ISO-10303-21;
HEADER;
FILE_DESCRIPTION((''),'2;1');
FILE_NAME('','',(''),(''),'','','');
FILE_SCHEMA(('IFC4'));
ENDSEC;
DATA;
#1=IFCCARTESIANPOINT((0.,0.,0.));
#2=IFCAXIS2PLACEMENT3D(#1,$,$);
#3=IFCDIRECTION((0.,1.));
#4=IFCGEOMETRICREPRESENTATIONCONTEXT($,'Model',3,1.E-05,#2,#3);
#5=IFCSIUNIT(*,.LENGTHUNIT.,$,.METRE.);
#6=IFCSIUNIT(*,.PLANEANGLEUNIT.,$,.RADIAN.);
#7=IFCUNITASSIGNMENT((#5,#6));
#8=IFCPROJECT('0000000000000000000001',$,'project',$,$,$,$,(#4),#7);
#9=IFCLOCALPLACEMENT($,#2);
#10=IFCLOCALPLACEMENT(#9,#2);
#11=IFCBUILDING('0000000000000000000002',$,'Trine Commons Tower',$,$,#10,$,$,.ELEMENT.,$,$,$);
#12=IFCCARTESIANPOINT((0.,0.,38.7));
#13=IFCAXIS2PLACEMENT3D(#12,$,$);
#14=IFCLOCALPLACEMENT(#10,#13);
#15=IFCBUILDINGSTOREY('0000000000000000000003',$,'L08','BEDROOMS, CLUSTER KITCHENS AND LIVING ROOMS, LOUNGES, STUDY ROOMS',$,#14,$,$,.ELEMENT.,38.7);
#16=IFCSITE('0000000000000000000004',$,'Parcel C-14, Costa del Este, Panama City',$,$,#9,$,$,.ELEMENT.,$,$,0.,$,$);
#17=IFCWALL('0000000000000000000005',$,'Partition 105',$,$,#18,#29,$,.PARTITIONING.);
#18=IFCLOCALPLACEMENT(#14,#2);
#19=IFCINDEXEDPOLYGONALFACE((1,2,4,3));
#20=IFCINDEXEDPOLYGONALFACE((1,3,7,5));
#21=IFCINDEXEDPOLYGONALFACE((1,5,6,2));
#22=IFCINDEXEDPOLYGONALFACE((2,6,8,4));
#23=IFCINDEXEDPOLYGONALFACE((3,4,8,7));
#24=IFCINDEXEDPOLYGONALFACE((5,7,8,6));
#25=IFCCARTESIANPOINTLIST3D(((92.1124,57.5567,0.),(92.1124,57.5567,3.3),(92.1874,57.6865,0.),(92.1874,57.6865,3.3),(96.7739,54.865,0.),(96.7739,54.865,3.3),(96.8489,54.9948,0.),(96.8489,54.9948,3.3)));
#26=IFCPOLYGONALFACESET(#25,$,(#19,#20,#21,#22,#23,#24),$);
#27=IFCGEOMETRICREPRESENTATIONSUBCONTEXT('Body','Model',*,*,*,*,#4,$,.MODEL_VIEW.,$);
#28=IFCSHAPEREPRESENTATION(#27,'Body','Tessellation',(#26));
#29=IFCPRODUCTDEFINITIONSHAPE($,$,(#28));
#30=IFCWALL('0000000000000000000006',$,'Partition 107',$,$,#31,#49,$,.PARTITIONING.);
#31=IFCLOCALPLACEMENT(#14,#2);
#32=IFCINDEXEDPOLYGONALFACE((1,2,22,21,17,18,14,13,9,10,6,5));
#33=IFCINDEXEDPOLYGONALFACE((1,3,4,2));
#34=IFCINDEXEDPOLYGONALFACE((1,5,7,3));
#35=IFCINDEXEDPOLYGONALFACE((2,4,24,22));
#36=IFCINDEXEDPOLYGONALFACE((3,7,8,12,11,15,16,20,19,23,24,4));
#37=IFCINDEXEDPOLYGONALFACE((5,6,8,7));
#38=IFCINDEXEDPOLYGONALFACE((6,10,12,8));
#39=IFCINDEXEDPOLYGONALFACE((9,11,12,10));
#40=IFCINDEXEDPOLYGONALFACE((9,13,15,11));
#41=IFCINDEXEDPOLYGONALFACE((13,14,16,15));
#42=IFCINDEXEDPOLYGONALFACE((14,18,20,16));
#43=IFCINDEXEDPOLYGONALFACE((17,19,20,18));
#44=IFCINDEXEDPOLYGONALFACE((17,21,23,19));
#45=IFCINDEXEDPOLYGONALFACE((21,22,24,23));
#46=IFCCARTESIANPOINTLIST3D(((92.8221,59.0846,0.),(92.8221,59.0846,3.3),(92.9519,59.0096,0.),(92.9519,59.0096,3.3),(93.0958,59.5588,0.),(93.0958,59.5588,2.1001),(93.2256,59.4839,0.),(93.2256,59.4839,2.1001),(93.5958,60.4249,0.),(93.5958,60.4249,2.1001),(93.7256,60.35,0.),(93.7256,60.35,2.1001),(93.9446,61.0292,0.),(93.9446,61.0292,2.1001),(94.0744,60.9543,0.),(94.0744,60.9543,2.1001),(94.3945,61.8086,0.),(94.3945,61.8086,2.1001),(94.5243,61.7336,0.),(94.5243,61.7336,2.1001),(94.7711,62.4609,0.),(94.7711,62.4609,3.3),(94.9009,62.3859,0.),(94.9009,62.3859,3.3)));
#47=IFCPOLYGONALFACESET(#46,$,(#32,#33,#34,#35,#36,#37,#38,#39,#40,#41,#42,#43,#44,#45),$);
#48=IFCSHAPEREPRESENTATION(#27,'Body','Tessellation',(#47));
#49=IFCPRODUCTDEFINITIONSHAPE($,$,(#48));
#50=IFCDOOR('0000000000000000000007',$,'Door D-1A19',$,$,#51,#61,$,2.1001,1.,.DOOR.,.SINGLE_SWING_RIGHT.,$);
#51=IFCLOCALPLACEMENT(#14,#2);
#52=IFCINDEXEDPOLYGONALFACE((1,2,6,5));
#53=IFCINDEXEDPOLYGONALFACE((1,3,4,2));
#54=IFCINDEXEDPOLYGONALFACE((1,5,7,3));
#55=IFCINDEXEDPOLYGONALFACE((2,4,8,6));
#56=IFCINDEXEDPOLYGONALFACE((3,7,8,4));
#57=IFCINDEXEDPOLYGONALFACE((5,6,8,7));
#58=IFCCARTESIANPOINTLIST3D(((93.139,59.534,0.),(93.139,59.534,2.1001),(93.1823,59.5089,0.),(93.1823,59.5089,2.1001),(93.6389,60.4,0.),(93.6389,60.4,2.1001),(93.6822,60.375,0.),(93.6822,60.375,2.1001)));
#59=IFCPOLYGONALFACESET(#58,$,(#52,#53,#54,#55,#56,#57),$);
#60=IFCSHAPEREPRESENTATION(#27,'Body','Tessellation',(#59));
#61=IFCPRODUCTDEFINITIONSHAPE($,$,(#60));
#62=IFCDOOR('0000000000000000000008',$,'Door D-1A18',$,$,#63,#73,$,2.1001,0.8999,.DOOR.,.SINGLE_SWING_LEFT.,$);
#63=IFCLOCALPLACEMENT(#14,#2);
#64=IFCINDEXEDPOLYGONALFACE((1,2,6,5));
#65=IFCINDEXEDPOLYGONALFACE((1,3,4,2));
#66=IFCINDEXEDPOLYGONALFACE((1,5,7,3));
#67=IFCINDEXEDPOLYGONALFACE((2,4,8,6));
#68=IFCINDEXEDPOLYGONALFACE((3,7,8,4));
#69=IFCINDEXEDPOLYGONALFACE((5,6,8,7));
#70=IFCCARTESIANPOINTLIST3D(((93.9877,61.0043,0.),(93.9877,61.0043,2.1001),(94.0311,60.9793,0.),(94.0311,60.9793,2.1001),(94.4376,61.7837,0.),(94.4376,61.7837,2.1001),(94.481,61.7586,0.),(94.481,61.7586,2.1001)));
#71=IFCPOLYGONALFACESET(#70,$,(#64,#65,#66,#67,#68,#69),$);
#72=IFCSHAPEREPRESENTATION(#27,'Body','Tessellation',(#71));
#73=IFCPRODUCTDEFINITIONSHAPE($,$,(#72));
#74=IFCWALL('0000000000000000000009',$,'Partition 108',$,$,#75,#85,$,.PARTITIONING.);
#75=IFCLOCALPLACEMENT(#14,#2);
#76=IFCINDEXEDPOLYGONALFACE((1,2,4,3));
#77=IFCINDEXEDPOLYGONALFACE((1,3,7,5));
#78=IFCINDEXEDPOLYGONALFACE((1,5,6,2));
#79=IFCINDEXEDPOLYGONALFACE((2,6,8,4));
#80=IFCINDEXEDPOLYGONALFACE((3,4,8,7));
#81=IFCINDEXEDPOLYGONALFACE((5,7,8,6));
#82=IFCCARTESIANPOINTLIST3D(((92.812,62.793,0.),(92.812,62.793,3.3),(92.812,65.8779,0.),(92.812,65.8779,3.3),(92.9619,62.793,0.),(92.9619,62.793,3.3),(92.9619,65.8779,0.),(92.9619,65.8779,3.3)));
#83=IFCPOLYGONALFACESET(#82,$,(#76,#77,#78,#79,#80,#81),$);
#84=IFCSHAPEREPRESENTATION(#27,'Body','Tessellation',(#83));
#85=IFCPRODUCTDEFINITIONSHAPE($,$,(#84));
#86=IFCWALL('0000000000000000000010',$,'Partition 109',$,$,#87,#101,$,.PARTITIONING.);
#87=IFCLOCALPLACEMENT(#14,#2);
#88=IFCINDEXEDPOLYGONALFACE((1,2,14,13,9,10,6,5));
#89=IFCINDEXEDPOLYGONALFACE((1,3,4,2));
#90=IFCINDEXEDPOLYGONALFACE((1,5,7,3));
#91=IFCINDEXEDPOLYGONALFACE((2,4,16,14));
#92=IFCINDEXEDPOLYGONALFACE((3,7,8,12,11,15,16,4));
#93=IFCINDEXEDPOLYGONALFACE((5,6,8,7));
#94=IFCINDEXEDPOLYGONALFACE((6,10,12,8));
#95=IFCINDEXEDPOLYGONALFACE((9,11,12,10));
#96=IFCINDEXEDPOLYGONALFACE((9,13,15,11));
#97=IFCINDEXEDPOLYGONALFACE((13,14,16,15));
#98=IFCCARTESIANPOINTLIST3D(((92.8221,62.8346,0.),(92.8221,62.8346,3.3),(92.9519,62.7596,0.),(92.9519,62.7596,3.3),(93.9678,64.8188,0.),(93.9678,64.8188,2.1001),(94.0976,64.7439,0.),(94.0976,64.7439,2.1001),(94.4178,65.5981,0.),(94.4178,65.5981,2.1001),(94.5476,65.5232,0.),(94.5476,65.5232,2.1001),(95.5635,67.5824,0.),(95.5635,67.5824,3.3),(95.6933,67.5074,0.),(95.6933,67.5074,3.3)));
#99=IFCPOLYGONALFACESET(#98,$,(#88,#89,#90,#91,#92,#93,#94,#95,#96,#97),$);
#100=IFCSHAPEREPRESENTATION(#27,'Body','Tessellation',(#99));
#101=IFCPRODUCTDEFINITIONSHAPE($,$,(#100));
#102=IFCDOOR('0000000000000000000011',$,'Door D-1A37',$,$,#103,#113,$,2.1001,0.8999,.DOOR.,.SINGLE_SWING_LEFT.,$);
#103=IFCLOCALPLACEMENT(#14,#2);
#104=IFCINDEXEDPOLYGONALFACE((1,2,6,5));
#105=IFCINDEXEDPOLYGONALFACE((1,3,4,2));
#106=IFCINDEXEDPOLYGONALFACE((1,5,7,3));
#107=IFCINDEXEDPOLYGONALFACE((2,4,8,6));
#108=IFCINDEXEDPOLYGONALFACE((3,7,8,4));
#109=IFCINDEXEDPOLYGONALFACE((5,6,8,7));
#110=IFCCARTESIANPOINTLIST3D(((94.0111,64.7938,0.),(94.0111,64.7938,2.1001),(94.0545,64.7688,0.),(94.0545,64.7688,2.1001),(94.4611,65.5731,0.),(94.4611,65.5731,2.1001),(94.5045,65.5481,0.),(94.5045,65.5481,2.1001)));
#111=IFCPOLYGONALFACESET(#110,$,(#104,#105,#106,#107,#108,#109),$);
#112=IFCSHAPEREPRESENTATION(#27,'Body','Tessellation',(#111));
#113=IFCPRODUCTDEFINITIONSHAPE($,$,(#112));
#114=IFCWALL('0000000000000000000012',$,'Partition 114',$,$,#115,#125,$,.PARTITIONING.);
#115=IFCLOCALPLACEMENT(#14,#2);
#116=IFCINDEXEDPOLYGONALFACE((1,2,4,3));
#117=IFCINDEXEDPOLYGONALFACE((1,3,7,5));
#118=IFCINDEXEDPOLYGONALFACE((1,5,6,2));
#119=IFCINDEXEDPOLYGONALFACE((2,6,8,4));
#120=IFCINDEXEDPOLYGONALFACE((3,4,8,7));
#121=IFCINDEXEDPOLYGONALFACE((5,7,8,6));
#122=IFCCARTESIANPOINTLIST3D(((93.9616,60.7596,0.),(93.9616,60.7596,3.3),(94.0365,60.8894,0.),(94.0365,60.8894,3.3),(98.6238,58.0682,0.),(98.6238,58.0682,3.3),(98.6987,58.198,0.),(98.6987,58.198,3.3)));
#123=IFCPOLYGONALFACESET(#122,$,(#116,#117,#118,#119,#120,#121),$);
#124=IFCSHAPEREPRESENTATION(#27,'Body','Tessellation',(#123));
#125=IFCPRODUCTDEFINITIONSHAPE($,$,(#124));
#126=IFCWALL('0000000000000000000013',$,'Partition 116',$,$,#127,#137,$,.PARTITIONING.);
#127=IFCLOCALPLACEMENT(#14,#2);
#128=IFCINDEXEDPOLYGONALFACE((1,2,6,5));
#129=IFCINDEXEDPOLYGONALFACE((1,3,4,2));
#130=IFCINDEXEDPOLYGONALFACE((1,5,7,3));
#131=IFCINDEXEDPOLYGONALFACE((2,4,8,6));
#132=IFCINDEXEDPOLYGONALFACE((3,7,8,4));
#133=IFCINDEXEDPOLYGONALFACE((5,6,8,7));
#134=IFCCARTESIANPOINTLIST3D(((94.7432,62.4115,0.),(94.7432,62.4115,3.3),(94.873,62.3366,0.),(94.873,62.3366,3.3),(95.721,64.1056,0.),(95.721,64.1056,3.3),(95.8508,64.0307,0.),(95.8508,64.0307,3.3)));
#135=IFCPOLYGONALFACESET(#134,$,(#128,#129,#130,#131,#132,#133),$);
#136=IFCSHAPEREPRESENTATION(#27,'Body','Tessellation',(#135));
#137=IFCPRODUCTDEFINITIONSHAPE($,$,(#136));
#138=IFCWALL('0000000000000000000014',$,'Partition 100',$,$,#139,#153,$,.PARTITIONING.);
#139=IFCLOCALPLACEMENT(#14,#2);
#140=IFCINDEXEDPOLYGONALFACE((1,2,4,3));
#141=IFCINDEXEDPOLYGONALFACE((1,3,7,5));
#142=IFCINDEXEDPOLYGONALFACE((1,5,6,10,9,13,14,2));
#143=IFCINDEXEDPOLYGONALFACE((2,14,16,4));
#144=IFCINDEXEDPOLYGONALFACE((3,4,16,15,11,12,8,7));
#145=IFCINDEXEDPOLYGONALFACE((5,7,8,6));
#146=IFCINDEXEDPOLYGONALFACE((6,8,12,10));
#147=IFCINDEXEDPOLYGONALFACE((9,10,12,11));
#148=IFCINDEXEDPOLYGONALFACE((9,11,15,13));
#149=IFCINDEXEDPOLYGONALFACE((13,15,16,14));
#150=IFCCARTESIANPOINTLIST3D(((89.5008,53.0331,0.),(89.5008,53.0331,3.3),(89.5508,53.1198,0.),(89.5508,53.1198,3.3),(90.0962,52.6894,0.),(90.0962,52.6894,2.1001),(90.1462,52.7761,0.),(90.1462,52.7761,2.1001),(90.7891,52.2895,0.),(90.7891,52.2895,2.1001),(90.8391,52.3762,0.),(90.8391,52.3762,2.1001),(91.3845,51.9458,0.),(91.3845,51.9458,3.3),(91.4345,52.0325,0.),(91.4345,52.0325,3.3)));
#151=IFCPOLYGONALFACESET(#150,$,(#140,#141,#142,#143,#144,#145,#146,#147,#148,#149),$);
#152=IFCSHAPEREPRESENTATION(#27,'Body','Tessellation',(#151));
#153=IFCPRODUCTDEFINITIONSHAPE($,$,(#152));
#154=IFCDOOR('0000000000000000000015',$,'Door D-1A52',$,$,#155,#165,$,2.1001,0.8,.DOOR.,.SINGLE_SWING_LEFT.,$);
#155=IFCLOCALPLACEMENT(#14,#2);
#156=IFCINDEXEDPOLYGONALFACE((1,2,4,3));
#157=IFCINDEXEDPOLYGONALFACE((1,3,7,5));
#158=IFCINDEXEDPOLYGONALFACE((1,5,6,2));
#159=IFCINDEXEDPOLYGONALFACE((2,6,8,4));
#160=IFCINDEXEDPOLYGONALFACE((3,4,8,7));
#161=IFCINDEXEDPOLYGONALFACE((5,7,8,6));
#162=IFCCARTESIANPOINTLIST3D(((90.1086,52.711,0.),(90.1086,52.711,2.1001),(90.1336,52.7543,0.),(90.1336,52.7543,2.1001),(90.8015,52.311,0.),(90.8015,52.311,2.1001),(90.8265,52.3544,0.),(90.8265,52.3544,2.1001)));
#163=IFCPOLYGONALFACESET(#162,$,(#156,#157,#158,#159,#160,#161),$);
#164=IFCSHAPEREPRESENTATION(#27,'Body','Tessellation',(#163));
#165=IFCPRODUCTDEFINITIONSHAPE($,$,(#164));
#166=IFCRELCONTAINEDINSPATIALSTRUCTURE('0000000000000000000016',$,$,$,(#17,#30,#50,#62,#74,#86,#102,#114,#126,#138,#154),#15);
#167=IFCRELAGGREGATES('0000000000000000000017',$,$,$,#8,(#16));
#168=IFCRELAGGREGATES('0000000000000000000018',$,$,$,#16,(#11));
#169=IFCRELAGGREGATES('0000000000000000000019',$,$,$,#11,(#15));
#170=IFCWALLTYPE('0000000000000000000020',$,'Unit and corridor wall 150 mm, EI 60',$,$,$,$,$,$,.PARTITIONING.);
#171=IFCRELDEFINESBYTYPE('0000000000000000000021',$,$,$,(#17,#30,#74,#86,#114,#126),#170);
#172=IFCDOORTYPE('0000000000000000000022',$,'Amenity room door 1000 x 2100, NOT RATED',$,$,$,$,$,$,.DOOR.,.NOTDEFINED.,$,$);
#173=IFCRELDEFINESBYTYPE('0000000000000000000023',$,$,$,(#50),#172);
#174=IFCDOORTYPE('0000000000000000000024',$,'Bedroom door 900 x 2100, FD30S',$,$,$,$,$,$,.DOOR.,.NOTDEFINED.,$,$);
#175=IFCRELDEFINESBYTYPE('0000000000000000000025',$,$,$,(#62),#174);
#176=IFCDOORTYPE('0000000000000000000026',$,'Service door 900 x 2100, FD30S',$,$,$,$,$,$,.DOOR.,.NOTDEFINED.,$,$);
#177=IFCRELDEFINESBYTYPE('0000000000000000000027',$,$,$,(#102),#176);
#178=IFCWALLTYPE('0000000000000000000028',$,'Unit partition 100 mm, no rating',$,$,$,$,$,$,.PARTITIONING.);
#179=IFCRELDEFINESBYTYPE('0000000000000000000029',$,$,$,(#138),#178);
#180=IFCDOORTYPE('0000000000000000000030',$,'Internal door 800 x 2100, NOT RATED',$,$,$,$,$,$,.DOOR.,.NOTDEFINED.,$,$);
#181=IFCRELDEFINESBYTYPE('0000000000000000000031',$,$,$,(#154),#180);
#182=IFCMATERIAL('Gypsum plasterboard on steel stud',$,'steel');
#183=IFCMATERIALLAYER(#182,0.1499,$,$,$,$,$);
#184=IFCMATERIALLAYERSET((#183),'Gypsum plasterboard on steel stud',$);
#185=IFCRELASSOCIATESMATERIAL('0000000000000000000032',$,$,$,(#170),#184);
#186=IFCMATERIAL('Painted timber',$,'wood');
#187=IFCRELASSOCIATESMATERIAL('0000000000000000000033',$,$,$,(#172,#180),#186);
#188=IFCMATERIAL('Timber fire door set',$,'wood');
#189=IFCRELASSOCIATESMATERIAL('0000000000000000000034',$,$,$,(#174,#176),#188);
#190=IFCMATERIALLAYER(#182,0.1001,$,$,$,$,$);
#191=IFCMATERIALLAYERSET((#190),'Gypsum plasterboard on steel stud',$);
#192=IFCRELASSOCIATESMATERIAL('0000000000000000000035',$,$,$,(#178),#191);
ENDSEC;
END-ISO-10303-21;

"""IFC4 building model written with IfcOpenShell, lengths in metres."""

from ifc_helpers import new_model, si_unit, direction, frame, frame_2d, origin, place, context, subcontext, project, spatial, rectangle, extrude, material, layer, layer_set, type_object, element, fill, save


model = new_model("IFC4")

# Units and contexts
model_context = context("Model", 3, precision=1e-05, world=origin(), true_north=direction((0.0, 1.0)))
body_context = subcontext(model_context, "Body", "Model", "MODEL_VIEW")
ifc_project = project(units=[si_unit("LENGTHUNIT", "METRE"), si_unit("PLANEANGLEUNIT", "RADIAN")], contexts=[model_context])

# Site, building, storey
site_placement = place(None, origin())
site = spatial("IfcSite", under=ifc_project, at=site_placement, Name="Parcel C-14, Costa del Este, Panama City", CompositionType="ELEMENT", RefElevation=0.0)
building_placement = place(site_placement, origin())
building = spatial("IfcBuilding", under=site, at=building_placement, Name="Trine Commons Tower", CompositionType="ELEMENT")
storey_placement = place(building_placement, frame((0.0, 0.0, 38.7)))
storey = spatial("IfcBuildingStorey", under=building, at=storey_placement, Name="L08", Description="BEDROOMS, CLUSTER KITCHENS AND LIVING ROOMS, LOUNGES, STUDY ROOMS", CompositionType="ELEMENT", Elevation=38.7)

# Wall
ifc_material_1 = material(Name="Gypsum plasterboard on steel stud", Category="steel")
ifc_layer_1 = layer(ifc_material_1, 0.1499)
ifc_layer_set_1 = layer_set([ifc_layer_1], Name="Gypsum plasterboard on steel stud")
wall_type_1 = type_object("IfcWallType", Name="Unit and corridor wall 150 mm, EI 60", PredefinedType="PARTITIONING", material=ifc_layer_set_1)
wall_1_placement = place(storey_placement, frame((92.1499, 57.6216, 0.0), z_axis=(0.0, 0.0, 1.0), x_axis=(0.865993, -0.500056, 0.0)))
element("IfcWall", 1, at=wall_1_placement, inside=storey, type_object=wall_type_1, Name="Partition 105", PredefinedType="PARTITIONING", context=body_context, shape_type="SweptSolid", body=[
    extrude(rectangle(XDim=5.3828, YDim=0.1499, at=frame_2d((2.6914, 0.0))), origin(), (0.0, 0.0, 1.0), 3.3),
])

# Wall, openings, doors
wall_2_placement = place(storey_placement, frame((92.887, 59.0471, 0.0), z_axis=(0.0, 0.0, 1.0), x_axis=(0.499945, 0.866057, 0.0)))
wall_2 = element("IfcWall", 2, at=wall_2_placement, inside=storey, type_object=wall_type_1, Name="Partition 107", PredefinedType="PARTITIONING", context=body_context, shape_type="SweptSolid", body=[
    extrude(rectangle(XDim=3.8984, YDim=0.1499, at=frame_2d((1.9492, 0.0))), origin(), (0.0, 0.0, 1.0), 3.3),
])
opening_1_placement = place(wall_2_placement, frame((2.2454, 0.0, 0.0)))
opening_1 = element("IfcOpeningElement", 3, at=opening_1_placement, cuts=wall_2, PredefinedType="OPENING", context=body_context, shape_type="SweptSolid", body=[
    extrude(rectangle(XDim=0.8999, YDim=2.1001, at=frame_2d((0.45, 1.05))), frame((0.0, 0.085, 0.0), z_axis=(0.0, -1.0, 0.0), x_axis=(1.0, 0.0, 0.0)), (0.0, 0.0, 1.0), 0.1699),
])
opening_2_placement = place(wall_2_placement, frame((0.5476, 0.0, 0.0)))
opening_2 = element("IfcOpeningElement", 4, at=opening_2_placement, cuts=wall_2, PredefinedType="OPENING", context=body_context, shape_type="SweptSolid", body=[
    extrude(rectangle(XDim=1.0, YDim=2.1001, at=frame_2d((0.5, 1.05))), frame((0.0, 0.085, 0.0), z_axis=(0.0, -1.0, 0.0), x_axis=(1.0, 0.0, 0.0)), (0.0, 0.0, 1.0), 0.1699),
])
ifc_material_2 = material(Name="Painted timber", Category="wood")
door_type_1 = type_object("IfcDoorType", Name="Amenity room door 1000 x 2100, NOT RATED", OperationType="NOTDEFINED", PredefinedType="DOOR", material=ifc_material_2)
door_1_placement = place(opening_2_placement, frame((1.0, 0.0, 0.0), z_axis=(0.0, 0.0, 1.0), x_axis=(-1.0, 0.0, 0.0)))
door_1 = element("IfcDoor", 5, at=door_1_placement, inside=storey, type_object=door_type_1, Name="Door D-1A19", OperationType="SINGLE_SWING_RIGHT", OverallHeight=2.1001, OverallWidth=1.0, PredefinedType="DOOR", context=body_context, shape_type="SweptSolid", body=[
    extrude(rectangle(XDim=1.0, YDim=2.1001, at=frame_2d((0.5, 1.05))), frame((0.0, 0.0249, 0.0), z_axis=(0.0, -1.0, 0.0), x_axis=(1.0, 0.0, 0.0)), (0.0, 0.0, 1.0), 0.05),
])
fill(opening_2, door_1)
ifc_material_3 = material(Name="Timber fire door set", Category="wood")
door_type_2 = type_object("IfcDoorType", Name="Bedroom door 900 x 2100, FD30S", OperationType="NOTDEFINED", PredefinedType="DOOR", material=ifc_material_3)
door_2_placement = place(opening_1_placement, frame((0.8999, 0.0, 0.0), z_axis=(0.0, 0.0, 1.0), x_axis=(-1.0, 0.0, 0.0)))
door_2 = element("IfcDoor", 6, at=door_2_placement, inside=storey, type_object=door_type_2, Name="Door D-1A18", OperationType="SINGLE_SWING_LEFT", OverallHeight=2.1001, OverallWidth=0.8999, PredefinedType="DOOR", context=body_context, shape_type="SweptSolid", body=[
    extrude(rectangle(XDim=0.8999, YDim=2.1001, at=frame_2d((0.45, 1.05))), frame((0.0, 0.0249, 0.0), z_axis=(0.0, -1.0, 0.0), x_axis=(1.0, 0.0, 0.0)), (0.0, 0.0, 1.0), 0.05),
])
fill(opening_1, door_2)

# Wall
wall_3_placement = place(storey_placement, frame((92.887, 62.793, 0.0), z_axis=(0.0, 0.0, 1.0), x_axis=(0.0, 1.0, 0.0)))
element("IfcWall", 7, at=wall_3_placement, inside=storey, type_object=wall_type_1, Name="Partition 108", PredefinedType="PARTITIONING", context=body_context, shape_type="SweptSolid", body=[
    extrude(rectangle(XDim=3.085, YDim=0.1499, at=frame_2d((1.5425, 0.0))), origin(), (0.0, 0.0, 1.0), 3.3),
])

# Wall, opening, door
wall_4_placement = place(storey_placement, frame((92.887, 62.7971, 0.0), z_axis=(0.0, 0.0, 1.0), x_axis=(0.500042, 0.866001, 0.0)))
wall_4 = element("IfcWall", 8, at=wall_4_placement, inside=storey, type_object=wall_type_1, Name="Partition 109", PredefinedType="PARTITIONING", context=body_context, shape_type="SweptSolid", body=[
    extrude(rectangle(XDim=5.4824, YDim=0.1499, at=frame_2d((2.7412, 0.0))), origin(), (0.0, 0.0, 1.0), 3.3),
])
opening_3_placement = place(wall_4_placement, frame((2.2913, 0.0, 0.0)))
opening_3 = element("IfcOpeningElement", 9, at=opening_3_placement, cuts=wall_4, PredefinedType="OPENING", context=body_context, shape_type="SweptSolid", body=[
    extrude(rectangle(XDim=0.8999, YDim=2.1001, at=frame_2d((0.45, 1.05))), frame((0.0, 0.085, 0.0), z_axis=(0.0, -1.0, 0.0), x_axis=(1.0, 0.0, 0.0)), (0.0, 0.0, 1.0), 0.1699),
])
door_type_3 = type_object("IfcDoorType", Name="Service door 900 x 2100, FD30S", OperationType="NOTDEFINED", PredefinedType="DOOR", material=ifc_material_3)
door_3_placement = place(opening_3_placement, origin())
door_3 = element("IfcDoor", 10, at=door_3_placement, inside=storey, type_object=door_type_3, Name="Door D-1A37", OperationType="SINGLE_SWING_LEFT", OverallHeight=2.1001, OverallWidth=0.8999, PredefinedType="DOOR", context=body_context, shape_type="SweptSolid", body=[
    extrude(rectangle(XDim=0.8999, YDim=2.1001, at=frame_2d((0.45, 1.05))), frame((0.0, 0.0249, 0.0), z_axis=(0.0, -1.0, 0.0), x_axis=(1.0, 0.0, 0.0)), (0.0, 0.0, 1.0), 0.05),
])
fill(opening_3, door_3)

# Walls
wall_5_placement = place(storey_placement, frame((93.999, 60.8245, 0.0), z_axis=(0.0, 0.0, 1.0), x_axis=(0.866058, -0.499944, 0.0)))
element("IfcWall", 11, at=wall_5_placement, inside=storey, type_object=wall_type_1, Name="Partition 114", PredefinedType="PARTITIONING", context=body_context, shape_type="SweptSolid", body=[
    extrude(rectangle(XDim=5.3833, YDim=0.1499, at=frame_2d((2.6917, 0.0))), origin(), (0.0, 0.0, 1.0), 3.3),
])
wall_6_placement = place(storey_placement, frame((94.8081, 62.374, 0.0), z_axis=(0.0, 0.0, 1.0), x_axis=(0.499885, 0.866092, 0.0)))
element("IfcWall", 12, at=wall_6_placement, inside=storey, type_object=wall_type_1, Name="Partition 116", PredefinedType="PARTITIONING", context=body_context, shape_type="SweptSolid", body=[
    extrude(rectangle(XDim=1.9561, YDim=0.1499, at=frame_2d((0.978, 0.0))), origin(), (0.0, 0.0, 1.0), 3.3),
])

# Wall, opening, door
ifc_layer_2 = layer(ifc_material_1, 0.1001)
ifc_layer_set_2 = layer_set([ifc_layer_2], Name="Gypsum plasterboard on steel stud")
wall_type_2 = type_object("IfcWallType", Name="Unit partition 100 mm, no rating", PredefinedType="PARTITIONING", material=ifc_layer_set_2)
wall_7_placement = place(storey_placement, frame((89.5259, 53.0764, 0.0), z_axis=(0.0, 0.0, 1.0), x_axis=(0.866066, -0.49993, 0.0)))
wall_7 = element("IfcWall", 13, at=wall_7_placement, inside=storey, type_object=wall_type_2, Name="Partition 100", PredefinedType="PARTITIONING", context=body_context, shape_type="SweptSolid", body=[
    extrude(rectangle(XDim=2.175, YDim=0.1001, at=frame_2d((1.0874, 0.0))), origin(), (0.0, 0.0, 1.0), 3.3),
])
opening_4_placement = place(wall_7_placement, frame((0.6875, 0.0, 0.0)))
opening_4 = element("IfcOpeningElement", 14, at=opening_4_placement, cuts=wall_7, PredefinedType="OPENING", context=body_context, shape_type="SweptSolid", body=[
    extrude(rectangle(XDim=0.8, YDim=2.1001, at=frame_2d((0.3999, 1.05))), frame((0.0, 0.0601, 0.0), z_axis=(0.0, -1.0, 0.0), x_axis=(1.0, 0.0, 0.0)), (0.0, 0.0, 1.0), 0.1201),
])
door_type_4 = type_object("IfcDoorType", Name="Internal door 800 x 2100, NOT RATED", OperationType="NOTDEFINED", PredefinedType="DOOR", material=ifc_material_2)
door_4_placement = place(opening_4_placement, origin())
door_4 = element("IfcDoor", 15, at=door_4_placement, inside=storey, type_object=door_type_4, Name="Door D-1A52", OperationType="SINGLE_SWING_LEFT", OverallHeight=2.1001, OverallWidth=0.8, PredefinedType="DOOR", context=body_context, shape_type="SweptSolid", body=[
    extrude(rectangle(XDim=0.8, YDim=2.1001, at=frame_2d((0.3999, 1.05))), frame((0.0, 0.0249, 0.0), z_axis=(0.0, -1.0, 0.0), x_axis=(1.0, 0.0, 0.0)), (0.0, 0.0, 1.0), 0.05),
])
fill(opening_4, door_4)

save(model, "model.ifc")
